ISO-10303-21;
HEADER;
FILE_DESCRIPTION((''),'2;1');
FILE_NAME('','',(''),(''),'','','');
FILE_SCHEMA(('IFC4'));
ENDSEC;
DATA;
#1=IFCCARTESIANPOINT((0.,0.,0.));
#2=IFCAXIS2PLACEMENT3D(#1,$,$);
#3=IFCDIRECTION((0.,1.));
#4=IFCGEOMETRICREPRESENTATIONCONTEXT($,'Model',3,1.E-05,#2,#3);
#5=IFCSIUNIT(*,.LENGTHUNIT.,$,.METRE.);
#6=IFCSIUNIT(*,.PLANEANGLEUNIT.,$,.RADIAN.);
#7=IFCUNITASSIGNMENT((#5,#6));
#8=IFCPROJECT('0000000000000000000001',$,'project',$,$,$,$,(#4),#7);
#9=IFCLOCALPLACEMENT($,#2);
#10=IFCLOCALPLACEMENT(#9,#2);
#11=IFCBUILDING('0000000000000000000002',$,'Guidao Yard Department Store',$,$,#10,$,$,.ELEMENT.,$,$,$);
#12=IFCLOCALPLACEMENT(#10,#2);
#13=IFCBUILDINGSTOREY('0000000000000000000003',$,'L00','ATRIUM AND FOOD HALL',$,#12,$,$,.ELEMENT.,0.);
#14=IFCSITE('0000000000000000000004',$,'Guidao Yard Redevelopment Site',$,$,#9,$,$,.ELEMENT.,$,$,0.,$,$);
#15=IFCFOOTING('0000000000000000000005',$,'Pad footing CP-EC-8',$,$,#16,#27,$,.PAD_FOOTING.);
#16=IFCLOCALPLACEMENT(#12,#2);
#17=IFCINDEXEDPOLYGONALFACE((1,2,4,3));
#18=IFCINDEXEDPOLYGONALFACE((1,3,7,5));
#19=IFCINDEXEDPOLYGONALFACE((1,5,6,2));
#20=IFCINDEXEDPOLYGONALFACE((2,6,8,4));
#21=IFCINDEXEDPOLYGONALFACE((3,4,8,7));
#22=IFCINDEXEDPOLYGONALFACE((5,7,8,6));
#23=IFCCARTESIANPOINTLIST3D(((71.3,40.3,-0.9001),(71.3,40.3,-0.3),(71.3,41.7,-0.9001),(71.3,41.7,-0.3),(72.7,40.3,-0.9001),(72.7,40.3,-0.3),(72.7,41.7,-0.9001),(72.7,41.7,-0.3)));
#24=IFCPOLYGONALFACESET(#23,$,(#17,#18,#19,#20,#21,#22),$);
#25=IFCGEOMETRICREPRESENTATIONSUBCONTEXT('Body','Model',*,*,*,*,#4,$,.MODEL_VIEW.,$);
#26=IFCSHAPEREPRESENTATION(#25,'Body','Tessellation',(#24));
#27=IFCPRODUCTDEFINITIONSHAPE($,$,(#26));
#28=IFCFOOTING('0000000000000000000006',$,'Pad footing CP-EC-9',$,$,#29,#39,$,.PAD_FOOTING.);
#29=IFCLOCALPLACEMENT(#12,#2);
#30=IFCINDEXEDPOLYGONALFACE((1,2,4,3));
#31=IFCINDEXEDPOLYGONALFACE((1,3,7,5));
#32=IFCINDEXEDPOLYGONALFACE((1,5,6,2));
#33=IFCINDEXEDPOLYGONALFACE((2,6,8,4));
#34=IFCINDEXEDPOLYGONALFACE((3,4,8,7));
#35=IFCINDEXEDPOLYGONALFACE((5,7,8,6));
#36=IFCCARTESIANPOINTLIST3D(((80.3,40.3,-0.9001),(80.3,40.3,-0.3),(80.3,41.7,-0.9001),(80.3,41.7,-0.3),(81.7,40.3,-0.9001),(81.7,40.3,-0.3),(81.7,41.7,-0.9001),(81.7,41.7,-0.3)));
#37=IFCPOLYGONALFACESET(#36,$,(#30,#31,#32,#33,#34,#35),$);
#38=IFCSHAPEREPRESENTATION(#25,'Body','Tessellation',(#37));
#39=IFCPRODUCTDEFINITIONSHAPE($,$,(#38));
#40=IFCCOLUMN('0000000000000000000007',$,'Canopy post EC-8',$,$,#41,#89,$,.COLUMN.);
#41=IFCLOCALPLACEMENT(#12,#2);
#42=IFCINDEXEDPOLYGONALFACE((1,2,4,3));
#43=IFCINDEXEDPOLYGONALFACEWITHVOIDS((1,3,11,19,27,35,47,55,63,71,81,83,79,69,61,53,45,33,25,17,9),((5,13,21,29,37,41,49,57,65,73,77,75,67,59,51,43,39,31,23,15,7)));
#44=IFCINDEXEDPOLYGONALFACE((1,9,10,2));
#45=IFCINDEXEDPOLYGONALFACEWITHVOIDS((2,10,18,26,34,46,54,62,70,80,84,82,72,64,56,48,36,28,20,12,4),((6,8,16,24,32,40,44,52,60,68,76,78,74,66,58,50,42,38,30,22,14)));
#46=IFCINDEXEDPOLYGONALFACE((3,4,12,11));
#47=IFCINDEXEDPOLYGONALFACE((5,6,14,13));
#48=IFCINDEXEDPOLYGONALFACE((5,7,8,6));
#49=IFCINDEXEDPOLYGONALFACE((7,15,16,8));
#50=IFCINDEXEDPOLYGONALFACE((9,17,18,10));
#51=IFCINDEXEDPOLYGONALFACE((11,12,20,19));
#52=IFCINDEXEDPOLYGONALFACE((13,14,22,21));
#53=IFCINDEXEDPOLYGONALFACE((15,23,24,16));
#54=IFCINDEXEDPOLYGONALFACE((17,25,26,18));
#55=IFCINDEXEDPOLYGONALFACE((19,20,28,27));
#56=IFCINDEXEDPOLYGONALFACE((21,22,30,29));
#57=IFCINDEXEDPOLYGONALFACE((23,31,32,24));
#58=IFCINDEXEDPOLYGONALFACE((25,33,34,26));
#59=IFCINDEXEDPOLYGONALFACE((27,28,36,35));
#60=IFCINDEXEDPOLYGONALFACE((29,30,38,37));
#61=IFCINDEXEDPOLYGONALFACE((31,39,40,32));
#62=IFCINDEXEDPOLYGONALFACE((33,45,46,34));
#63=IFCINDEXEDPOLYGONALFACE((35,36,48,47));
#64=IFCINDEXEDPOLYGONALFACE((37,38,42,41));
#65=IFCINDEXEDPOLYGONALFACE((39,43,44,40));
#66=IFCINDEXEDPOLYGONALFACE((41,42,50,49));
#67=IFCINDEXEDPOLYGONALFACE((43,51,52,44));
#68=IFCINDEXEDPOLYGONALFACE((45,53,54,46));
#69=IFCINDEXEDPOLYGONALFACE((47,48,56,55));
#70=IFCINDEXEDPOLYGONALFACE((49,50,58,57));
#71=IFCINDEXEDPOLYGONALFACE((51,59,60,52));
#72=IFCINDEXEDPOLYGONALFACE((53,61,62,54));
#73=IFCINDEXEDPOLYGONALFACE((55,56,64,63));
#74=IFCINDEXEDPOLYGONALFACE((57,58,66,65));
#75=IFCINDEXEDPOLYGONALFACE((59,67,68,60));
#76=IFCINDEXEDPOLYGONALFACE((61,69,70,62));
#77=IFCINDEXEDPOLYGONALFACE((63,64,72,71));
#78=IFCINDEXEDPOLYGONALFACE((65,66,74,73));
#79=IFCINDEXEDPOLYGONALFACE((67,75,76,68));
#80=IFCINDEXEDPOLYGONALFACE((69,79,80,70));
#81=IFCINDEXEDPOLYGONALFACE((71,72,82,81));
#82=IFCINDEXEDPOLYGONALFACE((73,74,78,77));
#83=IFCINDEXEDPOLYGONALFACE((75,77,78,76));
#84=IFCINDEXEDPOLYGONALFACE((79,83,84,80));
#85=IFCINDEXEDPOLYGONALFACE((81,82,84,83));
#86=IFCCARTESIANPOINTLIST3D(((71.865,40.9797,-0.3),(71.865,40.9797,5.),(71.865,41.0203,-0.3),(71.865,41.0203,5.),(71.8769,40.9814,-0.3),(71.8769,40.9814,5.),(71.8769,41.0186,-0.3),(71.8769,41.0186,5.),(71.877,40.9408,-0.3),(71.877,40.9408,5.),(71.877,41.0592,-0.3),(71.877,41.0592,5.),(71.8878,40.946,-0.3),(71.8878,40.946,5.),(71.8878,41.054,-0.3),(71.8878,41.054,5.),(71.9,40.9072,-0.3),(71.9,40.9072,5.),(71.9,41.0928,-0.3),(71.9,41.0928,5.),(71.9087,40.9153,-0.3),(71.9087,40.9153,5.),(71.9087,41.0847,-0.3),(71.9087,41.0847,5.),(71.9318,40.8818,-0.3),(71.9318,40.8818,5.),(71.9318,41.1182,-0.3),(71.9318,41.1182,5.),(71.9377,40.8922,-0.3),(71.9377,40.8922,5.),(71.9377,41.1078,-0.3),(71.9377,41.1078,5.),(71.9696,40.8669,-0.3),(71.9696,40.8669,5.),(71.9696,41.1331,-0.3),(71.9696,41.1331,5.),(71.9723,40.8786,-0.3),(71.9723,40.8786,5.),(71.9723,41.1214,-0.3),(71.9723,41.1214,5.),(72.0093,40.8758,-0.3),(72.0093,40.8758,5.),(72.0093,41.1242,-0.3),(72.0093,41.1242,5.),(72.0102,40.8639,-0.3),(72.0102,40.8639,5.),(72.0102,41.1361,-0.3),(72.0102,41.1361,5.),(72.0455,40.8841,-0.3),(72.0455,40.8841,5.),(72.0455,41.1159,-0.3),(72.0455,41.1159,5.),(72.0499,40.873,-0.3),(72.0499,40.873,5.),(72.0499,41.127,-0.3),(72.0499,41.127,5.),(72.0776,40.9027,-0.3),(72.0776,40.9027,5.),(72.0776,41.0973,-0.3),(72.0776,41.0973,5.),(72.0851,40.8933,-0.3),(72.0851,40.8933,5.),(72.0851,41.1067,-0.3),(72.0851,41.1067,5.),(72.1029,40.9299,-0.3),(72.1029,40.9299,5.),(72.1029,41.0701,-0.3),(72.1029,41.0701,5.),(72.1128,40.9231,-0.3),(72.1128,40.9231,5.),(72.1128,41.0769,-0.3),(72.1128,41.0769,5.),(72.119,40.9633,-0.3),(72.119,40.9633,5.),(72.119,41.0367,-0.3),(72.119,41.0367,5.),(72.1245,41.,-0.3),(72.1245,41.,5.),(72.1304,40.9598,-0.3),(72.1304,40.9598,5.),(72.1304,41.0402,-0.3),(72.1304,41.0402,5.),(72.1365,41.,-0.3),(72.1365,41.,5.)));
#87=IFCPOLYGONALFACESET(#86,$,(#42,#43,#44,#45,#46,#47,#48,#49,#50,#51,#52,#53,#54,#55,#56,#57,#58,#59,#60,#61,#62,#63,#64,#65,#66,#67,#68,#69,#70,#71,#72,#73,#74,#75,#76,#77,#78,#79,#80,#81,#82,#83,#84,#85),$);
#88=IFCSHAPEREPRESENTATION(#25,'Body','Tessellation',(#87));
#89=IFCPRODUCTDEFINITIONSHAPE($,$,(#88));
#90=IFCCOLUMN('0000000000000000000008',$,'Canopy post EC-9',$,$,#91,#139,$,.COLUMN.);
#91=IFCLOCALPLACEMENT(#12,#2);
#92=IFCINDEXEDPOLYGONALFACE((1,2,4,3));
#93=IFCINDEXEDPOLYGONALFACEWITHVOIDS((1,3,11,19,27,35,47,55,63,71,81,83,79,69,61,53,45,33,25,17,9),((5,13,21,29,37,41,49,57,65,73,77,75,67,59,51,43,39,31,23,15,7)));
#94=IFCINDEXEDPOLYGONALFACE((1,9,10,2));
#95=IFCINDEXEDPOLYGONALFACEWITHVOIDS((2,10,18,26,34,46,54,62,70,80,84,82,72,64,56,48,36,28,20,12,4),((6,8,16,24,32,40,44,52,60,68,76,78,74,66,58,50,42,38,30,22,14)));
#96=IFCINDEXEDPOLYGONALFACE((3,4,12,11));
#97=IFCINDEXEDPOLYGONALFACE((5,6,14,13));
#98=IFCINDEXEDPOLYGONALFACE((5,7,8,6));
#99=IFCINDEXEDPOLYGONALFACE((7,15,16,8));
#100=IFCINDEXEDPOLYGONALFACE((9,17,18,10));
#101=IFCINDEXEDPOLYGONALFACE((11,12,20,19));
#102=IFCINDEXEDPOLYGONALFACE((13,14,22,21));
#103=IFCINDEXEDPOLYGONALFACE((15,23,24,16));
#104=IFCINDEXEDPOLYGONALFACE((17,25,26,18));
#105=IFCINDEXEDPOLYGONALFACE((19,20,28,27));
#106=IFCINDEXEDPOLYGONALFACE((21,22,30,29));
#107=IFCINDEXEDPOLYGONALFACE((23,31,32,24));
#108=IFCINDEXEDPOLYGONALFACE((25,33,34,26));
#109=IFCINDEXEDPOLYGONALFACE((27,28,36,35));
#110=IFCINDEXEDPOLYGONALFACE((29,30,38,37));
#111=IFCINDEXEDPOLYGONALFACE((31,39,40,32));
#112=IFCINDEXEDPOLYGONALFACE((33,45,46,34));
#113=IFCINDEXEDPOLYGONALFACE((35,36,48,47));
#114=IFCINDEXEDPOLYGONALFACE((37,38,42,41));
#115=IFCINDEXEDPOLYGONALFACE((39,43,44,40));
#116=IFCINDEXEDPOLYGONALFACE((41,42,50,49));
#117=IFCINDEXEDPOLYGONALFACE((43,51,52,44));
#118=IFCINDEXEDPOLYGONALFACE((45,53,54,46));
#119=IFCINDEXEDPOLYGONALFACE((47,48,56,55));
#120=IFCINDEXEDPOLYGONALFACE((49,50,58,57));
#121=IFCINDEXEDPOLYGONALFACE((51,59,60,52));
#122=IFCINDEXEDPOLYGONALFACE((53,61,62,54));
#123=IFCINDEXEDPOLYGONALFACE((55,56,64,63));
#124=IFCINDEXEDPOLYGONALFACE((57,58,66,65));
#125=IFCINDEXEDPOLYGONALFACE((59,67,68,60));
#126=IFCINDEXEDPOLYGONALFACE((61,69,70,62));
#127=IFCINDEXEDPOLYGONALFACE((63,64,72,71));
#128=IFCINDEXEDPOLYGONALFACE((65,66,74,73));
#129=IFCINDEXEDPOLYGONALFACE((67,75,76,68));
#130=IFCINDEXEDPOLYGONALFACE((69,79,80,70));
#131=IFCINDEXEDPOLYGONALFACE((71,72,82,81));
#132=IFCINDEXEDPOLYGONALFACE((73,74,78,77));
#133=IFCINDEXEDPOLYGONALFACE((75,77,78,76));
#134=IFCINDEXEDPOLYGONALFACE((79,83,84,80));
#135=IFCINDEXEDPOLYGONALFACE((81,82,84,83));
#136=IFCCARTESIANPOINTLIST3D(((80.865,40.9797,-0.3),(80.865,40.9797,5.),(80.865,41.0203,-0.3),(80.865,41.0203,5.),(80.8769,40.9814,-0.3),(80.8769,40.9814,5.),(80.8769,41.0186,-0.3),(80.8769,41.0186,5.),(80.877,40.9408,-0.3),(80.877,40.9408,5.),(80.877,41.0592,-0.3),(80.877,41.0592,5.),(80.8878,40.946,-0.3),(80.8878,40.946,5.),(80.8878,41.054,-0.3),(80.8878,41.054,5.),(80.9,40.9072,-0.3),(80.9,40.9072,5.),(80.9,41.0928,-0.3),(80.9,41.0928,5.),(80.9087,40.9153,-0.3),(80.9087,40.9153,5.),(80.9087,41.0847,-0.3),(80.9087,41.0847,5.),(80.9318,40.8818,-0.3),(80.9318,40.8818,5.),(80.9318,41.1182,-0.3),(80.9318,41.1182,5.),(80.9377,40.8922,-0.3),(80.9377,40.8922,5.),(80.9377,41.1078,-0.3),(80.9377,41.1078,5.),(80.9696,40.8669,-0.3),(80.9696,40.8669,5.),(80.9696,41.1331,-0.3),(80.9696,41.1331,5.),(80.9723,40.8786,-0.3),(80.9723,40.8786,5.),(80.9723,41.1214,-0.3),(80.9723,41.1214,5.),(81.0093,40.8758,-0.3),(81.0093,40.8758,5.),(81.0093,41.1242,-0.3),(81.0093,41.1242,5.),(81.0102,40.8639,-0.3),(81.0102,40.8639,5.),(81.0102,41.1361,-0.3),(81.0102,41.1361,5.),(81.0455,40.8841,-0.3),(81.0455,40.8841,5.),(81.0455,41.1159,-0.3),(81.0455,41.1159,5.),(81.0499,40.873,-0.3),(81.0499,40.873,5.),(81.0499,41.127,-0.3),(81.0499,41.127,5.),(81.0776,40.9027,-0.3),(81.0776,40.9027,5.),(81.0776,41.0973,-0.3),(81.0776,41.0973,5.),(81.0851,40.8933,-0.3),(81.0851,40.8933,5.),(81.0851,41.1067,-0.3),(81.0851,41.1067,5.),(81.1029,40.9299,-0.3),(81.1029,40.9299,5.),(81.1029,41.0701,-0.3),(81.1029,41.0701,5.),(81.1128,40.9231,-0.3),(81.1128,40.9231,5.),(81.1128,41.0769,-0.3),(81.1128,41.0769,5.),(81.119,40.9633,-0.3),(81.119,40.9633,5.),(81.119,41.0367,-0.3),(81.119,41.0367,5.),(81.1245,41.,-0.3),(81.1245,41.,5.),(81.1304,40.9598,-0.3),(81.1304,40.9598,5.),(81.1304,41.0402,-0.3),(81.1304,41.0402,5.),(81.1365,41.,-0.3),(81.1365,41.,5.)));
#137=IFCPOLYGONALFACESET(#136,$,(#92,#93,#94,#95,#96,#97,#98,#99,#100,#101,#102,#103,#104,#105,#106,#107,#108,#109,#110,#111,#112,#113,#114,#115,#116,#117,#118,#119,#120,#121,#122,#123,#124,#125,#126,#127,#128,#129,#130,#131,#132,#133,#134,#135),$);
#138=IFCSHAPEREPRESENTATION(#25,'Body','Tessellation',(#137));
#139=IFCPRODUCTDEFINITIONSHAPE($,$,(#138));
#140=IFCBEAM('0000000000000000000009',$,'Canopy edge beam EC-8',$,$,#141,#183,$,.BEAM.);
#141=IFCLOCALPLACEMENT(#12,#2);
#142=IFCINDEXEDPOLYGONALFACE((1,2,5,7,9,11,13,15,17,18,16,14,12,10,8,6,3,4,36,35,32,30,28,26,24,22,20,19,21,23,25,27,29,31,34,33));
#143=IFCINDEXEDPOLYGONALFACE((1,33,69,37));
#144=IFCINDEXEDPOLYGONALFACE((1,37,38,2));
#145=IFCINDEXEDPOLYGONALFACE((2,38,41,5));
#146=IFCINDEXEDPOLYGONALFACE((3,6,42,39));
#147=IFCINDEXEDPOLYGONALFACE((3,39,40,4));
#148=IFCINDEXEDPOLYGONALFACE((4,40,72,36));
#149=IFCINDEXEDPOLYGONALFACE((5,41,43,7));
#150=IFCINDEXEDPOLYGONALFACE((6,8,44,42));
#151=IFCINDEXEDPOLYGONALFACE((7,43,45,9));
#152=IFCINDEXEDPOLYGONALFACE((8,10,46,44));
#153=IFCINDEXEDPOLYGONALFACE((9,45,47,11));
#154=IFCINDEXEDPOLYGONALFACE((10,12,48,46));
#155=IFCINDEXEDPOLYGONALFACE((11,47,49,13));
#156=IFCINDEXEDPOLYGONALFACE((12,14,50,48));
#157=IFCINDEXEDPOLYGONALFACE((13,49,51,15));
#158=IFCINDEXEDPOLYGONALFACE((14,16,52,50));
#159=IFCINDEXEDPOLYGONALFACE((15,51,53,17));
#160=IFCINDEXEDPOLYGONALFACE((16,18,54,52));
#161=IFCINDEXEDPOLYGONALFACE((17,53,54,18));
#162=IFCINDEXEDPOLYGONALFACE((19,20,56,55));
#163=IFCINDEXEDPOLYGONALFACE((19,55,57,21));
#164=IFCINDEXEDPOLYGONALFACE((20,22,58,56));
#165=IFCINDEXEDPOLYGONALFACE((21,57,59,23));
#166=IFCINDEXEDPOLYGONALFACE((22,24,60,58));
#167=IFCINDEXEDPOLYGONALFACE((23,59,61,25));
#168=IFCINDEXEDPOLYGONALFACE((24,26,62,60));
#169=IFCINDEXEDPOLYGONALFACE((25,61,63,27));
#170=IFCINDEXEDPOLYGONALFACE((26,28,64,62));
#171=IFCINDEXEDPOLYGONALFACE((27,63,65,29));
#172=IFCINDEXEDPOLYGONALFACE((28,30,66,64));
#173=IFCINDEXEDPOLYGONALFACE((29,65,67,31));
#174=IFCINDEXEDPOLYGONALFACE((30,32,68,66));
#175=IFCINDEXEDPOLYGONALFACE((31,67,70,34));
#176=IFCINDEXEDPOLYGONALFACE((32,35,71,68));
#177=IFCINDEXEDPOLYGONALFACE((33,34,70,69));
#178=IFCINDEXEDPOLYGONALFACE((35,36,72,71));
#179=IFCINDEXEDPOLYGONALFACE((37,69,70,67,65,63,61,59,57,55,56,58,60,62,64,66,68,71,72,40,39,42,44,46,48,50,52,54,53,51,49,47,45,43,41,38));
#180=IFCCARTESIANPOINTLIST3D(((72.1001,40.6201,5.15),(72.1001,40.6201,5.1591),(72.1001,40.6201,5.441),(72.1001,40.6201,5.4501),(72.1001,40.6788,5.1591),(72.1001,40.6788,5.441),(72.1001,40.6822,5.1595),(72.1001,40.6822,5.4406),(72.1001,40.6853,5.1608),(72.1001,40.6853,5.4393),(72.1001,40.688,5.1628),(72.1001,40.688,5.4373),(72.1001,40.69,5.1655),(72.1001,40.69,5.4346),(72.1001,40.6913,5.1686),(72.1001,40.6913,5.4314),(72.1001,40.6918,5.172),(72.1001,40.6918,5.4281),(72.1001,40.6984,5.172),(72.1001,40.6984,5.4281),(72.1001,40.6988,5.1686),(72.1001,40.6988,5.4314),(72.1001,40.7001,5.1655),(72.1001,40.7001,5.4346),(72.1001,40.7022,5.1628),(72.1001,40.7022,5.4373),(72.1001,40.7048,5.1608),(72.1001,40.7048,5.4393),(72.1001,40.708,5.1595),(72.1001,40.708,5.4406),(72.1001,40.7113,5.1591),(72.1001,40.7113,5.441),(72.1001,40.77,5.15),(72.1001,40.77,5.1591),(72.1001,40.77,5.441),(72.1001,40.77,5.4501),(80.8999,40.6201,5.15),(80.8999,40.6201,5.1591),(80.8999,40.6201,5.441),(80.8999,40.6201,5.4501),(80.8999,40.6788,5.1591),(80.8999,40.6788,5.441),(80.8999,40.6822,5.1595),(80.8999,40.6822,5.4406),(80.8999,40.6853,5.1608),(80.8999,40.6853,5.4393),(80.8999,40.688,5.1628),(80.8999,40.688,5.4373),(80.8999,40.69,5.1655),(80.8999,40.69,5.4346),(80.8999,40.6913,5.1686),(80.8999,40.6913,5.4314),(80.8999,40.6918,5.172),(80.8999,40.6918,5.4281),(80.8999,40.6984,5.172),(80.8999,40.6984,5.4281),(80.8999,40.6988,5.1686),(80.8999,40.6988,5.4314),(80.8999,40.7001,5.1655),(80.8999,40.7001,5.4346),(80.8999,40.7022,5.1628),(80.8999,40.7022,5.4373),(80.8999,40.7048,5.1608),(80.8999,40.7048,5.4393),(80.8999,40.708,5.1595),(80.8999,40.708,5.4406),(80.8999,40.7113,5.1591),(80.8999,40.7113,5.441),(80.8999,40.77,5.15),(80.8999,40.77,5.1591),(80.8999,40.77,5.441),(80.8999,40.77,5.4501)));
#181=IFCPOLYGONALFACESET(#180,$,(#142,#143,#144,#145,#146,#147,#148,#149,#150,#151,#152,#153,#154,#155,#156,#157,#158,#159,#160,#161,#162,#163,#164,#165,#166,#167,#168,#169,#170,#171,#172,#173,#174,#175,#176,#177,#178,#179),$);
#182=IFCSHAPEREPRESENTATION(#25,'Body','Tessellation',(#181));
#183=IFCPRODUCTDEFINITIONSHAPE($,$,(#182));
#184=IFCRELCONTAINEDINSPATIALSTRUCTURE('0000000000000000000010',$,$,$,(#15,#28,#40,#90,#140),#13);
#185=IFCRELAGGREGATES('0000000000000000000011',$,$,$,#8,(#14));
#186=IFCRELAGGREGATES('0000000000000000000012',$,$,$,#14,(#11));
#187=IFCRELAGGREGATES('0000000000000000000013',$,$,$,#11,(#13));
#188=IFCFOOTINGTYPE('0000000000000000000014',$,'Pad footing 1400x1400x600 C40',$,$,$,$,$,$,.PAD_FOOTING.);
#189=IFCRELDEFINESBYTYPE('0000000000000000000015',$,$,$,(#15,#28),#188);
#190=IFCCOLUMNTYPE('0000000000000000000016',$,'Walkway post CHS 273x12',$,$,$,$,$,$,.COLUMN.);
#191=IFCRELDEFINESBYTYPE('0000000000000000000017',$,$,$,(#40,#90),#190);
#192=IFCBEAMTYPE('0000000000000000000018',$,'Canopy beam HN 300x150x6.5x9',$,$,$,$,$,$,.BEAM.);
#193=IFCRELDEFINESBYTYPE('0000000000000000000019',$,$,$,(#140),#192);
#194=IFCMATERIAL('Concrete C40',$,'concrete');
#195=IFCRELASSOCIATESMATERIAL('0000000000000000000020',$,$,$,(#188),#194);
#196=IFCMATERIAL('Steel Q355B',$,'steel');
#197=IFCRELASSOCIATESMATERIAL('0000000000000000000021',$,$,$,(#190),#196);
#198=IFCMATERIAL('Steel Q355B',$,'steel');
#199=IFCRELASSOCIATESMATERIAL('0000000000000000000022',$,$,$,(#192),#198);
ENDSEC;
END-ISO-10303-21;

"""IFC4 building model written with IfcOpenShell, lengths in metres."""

from ifc_helpers import new_model, si_unit, direction, frame, origin, origin_2d, place, context, subcontext, project, spatial, rectangle, hollow_circle, i_section, extrude, material, material_profile, profile_set, type_object, element, save


model = new_model("IFC4")

# Units and contexts
model_context = context("Model", 3, precision=1e-05, world=origin(), true_north=direction((0.0, 1.0)))
body_context = subcontext(model_context, "Body", "Model", "MODEL_VIEW")
ifc_project = project(units=[si_unit("LENGTHUNIT", "METRE"), si_unit("PLANEANGLEUNIT", "RADIAN")], contexts=[model_context])

# Site, building, storey
site_placement = place(None, origin())
site = spatial("IfcSite", under=ifc_project, at=site_placement, Name="Guidao Yard Redevelopment Site", CompositionType="ELEMENT", RefElevation=0.0)
building_placement = place(site_placement, origin())
building = spatial("IfcBuilding", under=site, at=building_placement, Name="Guidao Yard Department Store", CompositionType="ELEMENT")
storey_placement = place(building_placement, origin())
storey = spatial("IfcBuildingStorey", under=building, at=storey_placement, Name="L00", Description="ATRIUM AND FOOD HALL", CompositionType="ELEMENT", Elevation=0.0)

# Footings
ifc_material_1 = material(Name="Concrete C40", Category="concrete")
footing_type = type_object("IfcFootingType", Name="Pad footing 1400x1400x600 C40", PredefinedType="PAD_FOOTING", material=ifc_material_1)
for number, where, z_axis, x_axis, name in (
    (1, (72.0, 41.0, -0.9001), (0.0, 0.0, 1.0), (1.0, 0.0, 0.0), "Pad footing CP-EC-8"),
    (2, (81.0, 41.0, -0.9001), (0.0, 0.0, 1.0), (1.0, 0.0, 0.0), "Pad footing CP-EC-9"),
):
    element("IfcFooting", number, at=place(storey_placement, frame(where, z_axis=z_axis, x_axis=x_axis)), inside=storey, type_object=footing_type, Name=name, PredefinedType="PAD_FOOTING", context=body_context, shape_type="SweptSolid", body=[
        extrude(rectangle(XDim=1.3999, YDim=1.3999, at=origin_2d()), origin(), (0.0, 0.0, 1.0), 0.6001),
    ])

# Columns
ifc_material_2 = material(Name="Steel Q355B", Category="steel")
ifc_material_profile_1 = material_profile(ifc_material_2, hollow_circle(Radius=0.1365, WallThickness=0.012, at=origin_2d()), Name="CHS 273x12")
ifc_profile_set_1 = profile_set([ifc_material_profile_1], Name="Steel Q355B")
column_type = type_object("IfcColumnType", Name="Walkway post CHS 273x12", PredefinedType="COLUMN", material=ifc_profile_set_1)
for number, where, z_axis, x_axis, name in (
    (3, (72.0, 41.0, -0.3), (0.0, 0.0, 1.0), (1.0, 0.0, 0.0), "Canopy post EC-8"),
    (4, (81.0, 41.0, -0.3), (0.0, 0.0, 1.0), (1.0, 0.0, 0.0), "Canopy post EC-9"),
):
    element("IfcColumn", number, at=place(storey_placement, frame(where, z_axis=z_axis, x_axis=x_axis)), inside=storey, type_object=column_type, Name=name, PredefinedType="COLUMN", context=body_context, shape_type="SweptSolid", body=[
        extrude(hollow_circle(Radius=0.1365, WallThickness=0.012, at=origin_2d()), origin(), (0.0, 0.0, 1.0), 5.3),
    ])

# Beam
ifc_material_3 = material(Name="Steel Q355B", Category="steel")
ifc_material_profile_2 = material_profile(ifc_material_3, i_section(OverallWidth=0.1499, OverallDepth=0.3, WebThickness=0.0066, FlangeThickness=0.009, FilletRadius=0.0129, at=origin_2d()), Name="HN 300x150x6.5x9")
ifc_profile_set_2 = profile_set([ifc_material_profile_2], Name="Steel Q355B")
beam_type_1 = type_object("IfcBeamType", Name="Canopy beam HN 300x150x6.5x9", PredefinedType="BEAM", material=ifc_profile_set_2)
beam_1_placement = place(storey_placement, frame((72.1001, 40.6951, 5.3), z_axis=(1.0, 0.0, 0.0), x_axis=(0.0, 1.0, 0.0)))
element("IfcBeam", 5, at=beam_1_placement, inside=storey, type_object=beam_type_1, Name="Canopy edge beam EC-8", PredefinedType="BEAM", context=body_context, shape_type="SweptSolid", body=[
    extrude(i_section(OverallWidth=0.1499, OverallDepth=0.3, WebThickness=0.0066, FlangeThickness=0.009, FilletRadius=0.0129, at=origin_2d()), origin(), (0.0, 0.0, 1.0), 8.7998),
])

save(model, "model.ifc")
